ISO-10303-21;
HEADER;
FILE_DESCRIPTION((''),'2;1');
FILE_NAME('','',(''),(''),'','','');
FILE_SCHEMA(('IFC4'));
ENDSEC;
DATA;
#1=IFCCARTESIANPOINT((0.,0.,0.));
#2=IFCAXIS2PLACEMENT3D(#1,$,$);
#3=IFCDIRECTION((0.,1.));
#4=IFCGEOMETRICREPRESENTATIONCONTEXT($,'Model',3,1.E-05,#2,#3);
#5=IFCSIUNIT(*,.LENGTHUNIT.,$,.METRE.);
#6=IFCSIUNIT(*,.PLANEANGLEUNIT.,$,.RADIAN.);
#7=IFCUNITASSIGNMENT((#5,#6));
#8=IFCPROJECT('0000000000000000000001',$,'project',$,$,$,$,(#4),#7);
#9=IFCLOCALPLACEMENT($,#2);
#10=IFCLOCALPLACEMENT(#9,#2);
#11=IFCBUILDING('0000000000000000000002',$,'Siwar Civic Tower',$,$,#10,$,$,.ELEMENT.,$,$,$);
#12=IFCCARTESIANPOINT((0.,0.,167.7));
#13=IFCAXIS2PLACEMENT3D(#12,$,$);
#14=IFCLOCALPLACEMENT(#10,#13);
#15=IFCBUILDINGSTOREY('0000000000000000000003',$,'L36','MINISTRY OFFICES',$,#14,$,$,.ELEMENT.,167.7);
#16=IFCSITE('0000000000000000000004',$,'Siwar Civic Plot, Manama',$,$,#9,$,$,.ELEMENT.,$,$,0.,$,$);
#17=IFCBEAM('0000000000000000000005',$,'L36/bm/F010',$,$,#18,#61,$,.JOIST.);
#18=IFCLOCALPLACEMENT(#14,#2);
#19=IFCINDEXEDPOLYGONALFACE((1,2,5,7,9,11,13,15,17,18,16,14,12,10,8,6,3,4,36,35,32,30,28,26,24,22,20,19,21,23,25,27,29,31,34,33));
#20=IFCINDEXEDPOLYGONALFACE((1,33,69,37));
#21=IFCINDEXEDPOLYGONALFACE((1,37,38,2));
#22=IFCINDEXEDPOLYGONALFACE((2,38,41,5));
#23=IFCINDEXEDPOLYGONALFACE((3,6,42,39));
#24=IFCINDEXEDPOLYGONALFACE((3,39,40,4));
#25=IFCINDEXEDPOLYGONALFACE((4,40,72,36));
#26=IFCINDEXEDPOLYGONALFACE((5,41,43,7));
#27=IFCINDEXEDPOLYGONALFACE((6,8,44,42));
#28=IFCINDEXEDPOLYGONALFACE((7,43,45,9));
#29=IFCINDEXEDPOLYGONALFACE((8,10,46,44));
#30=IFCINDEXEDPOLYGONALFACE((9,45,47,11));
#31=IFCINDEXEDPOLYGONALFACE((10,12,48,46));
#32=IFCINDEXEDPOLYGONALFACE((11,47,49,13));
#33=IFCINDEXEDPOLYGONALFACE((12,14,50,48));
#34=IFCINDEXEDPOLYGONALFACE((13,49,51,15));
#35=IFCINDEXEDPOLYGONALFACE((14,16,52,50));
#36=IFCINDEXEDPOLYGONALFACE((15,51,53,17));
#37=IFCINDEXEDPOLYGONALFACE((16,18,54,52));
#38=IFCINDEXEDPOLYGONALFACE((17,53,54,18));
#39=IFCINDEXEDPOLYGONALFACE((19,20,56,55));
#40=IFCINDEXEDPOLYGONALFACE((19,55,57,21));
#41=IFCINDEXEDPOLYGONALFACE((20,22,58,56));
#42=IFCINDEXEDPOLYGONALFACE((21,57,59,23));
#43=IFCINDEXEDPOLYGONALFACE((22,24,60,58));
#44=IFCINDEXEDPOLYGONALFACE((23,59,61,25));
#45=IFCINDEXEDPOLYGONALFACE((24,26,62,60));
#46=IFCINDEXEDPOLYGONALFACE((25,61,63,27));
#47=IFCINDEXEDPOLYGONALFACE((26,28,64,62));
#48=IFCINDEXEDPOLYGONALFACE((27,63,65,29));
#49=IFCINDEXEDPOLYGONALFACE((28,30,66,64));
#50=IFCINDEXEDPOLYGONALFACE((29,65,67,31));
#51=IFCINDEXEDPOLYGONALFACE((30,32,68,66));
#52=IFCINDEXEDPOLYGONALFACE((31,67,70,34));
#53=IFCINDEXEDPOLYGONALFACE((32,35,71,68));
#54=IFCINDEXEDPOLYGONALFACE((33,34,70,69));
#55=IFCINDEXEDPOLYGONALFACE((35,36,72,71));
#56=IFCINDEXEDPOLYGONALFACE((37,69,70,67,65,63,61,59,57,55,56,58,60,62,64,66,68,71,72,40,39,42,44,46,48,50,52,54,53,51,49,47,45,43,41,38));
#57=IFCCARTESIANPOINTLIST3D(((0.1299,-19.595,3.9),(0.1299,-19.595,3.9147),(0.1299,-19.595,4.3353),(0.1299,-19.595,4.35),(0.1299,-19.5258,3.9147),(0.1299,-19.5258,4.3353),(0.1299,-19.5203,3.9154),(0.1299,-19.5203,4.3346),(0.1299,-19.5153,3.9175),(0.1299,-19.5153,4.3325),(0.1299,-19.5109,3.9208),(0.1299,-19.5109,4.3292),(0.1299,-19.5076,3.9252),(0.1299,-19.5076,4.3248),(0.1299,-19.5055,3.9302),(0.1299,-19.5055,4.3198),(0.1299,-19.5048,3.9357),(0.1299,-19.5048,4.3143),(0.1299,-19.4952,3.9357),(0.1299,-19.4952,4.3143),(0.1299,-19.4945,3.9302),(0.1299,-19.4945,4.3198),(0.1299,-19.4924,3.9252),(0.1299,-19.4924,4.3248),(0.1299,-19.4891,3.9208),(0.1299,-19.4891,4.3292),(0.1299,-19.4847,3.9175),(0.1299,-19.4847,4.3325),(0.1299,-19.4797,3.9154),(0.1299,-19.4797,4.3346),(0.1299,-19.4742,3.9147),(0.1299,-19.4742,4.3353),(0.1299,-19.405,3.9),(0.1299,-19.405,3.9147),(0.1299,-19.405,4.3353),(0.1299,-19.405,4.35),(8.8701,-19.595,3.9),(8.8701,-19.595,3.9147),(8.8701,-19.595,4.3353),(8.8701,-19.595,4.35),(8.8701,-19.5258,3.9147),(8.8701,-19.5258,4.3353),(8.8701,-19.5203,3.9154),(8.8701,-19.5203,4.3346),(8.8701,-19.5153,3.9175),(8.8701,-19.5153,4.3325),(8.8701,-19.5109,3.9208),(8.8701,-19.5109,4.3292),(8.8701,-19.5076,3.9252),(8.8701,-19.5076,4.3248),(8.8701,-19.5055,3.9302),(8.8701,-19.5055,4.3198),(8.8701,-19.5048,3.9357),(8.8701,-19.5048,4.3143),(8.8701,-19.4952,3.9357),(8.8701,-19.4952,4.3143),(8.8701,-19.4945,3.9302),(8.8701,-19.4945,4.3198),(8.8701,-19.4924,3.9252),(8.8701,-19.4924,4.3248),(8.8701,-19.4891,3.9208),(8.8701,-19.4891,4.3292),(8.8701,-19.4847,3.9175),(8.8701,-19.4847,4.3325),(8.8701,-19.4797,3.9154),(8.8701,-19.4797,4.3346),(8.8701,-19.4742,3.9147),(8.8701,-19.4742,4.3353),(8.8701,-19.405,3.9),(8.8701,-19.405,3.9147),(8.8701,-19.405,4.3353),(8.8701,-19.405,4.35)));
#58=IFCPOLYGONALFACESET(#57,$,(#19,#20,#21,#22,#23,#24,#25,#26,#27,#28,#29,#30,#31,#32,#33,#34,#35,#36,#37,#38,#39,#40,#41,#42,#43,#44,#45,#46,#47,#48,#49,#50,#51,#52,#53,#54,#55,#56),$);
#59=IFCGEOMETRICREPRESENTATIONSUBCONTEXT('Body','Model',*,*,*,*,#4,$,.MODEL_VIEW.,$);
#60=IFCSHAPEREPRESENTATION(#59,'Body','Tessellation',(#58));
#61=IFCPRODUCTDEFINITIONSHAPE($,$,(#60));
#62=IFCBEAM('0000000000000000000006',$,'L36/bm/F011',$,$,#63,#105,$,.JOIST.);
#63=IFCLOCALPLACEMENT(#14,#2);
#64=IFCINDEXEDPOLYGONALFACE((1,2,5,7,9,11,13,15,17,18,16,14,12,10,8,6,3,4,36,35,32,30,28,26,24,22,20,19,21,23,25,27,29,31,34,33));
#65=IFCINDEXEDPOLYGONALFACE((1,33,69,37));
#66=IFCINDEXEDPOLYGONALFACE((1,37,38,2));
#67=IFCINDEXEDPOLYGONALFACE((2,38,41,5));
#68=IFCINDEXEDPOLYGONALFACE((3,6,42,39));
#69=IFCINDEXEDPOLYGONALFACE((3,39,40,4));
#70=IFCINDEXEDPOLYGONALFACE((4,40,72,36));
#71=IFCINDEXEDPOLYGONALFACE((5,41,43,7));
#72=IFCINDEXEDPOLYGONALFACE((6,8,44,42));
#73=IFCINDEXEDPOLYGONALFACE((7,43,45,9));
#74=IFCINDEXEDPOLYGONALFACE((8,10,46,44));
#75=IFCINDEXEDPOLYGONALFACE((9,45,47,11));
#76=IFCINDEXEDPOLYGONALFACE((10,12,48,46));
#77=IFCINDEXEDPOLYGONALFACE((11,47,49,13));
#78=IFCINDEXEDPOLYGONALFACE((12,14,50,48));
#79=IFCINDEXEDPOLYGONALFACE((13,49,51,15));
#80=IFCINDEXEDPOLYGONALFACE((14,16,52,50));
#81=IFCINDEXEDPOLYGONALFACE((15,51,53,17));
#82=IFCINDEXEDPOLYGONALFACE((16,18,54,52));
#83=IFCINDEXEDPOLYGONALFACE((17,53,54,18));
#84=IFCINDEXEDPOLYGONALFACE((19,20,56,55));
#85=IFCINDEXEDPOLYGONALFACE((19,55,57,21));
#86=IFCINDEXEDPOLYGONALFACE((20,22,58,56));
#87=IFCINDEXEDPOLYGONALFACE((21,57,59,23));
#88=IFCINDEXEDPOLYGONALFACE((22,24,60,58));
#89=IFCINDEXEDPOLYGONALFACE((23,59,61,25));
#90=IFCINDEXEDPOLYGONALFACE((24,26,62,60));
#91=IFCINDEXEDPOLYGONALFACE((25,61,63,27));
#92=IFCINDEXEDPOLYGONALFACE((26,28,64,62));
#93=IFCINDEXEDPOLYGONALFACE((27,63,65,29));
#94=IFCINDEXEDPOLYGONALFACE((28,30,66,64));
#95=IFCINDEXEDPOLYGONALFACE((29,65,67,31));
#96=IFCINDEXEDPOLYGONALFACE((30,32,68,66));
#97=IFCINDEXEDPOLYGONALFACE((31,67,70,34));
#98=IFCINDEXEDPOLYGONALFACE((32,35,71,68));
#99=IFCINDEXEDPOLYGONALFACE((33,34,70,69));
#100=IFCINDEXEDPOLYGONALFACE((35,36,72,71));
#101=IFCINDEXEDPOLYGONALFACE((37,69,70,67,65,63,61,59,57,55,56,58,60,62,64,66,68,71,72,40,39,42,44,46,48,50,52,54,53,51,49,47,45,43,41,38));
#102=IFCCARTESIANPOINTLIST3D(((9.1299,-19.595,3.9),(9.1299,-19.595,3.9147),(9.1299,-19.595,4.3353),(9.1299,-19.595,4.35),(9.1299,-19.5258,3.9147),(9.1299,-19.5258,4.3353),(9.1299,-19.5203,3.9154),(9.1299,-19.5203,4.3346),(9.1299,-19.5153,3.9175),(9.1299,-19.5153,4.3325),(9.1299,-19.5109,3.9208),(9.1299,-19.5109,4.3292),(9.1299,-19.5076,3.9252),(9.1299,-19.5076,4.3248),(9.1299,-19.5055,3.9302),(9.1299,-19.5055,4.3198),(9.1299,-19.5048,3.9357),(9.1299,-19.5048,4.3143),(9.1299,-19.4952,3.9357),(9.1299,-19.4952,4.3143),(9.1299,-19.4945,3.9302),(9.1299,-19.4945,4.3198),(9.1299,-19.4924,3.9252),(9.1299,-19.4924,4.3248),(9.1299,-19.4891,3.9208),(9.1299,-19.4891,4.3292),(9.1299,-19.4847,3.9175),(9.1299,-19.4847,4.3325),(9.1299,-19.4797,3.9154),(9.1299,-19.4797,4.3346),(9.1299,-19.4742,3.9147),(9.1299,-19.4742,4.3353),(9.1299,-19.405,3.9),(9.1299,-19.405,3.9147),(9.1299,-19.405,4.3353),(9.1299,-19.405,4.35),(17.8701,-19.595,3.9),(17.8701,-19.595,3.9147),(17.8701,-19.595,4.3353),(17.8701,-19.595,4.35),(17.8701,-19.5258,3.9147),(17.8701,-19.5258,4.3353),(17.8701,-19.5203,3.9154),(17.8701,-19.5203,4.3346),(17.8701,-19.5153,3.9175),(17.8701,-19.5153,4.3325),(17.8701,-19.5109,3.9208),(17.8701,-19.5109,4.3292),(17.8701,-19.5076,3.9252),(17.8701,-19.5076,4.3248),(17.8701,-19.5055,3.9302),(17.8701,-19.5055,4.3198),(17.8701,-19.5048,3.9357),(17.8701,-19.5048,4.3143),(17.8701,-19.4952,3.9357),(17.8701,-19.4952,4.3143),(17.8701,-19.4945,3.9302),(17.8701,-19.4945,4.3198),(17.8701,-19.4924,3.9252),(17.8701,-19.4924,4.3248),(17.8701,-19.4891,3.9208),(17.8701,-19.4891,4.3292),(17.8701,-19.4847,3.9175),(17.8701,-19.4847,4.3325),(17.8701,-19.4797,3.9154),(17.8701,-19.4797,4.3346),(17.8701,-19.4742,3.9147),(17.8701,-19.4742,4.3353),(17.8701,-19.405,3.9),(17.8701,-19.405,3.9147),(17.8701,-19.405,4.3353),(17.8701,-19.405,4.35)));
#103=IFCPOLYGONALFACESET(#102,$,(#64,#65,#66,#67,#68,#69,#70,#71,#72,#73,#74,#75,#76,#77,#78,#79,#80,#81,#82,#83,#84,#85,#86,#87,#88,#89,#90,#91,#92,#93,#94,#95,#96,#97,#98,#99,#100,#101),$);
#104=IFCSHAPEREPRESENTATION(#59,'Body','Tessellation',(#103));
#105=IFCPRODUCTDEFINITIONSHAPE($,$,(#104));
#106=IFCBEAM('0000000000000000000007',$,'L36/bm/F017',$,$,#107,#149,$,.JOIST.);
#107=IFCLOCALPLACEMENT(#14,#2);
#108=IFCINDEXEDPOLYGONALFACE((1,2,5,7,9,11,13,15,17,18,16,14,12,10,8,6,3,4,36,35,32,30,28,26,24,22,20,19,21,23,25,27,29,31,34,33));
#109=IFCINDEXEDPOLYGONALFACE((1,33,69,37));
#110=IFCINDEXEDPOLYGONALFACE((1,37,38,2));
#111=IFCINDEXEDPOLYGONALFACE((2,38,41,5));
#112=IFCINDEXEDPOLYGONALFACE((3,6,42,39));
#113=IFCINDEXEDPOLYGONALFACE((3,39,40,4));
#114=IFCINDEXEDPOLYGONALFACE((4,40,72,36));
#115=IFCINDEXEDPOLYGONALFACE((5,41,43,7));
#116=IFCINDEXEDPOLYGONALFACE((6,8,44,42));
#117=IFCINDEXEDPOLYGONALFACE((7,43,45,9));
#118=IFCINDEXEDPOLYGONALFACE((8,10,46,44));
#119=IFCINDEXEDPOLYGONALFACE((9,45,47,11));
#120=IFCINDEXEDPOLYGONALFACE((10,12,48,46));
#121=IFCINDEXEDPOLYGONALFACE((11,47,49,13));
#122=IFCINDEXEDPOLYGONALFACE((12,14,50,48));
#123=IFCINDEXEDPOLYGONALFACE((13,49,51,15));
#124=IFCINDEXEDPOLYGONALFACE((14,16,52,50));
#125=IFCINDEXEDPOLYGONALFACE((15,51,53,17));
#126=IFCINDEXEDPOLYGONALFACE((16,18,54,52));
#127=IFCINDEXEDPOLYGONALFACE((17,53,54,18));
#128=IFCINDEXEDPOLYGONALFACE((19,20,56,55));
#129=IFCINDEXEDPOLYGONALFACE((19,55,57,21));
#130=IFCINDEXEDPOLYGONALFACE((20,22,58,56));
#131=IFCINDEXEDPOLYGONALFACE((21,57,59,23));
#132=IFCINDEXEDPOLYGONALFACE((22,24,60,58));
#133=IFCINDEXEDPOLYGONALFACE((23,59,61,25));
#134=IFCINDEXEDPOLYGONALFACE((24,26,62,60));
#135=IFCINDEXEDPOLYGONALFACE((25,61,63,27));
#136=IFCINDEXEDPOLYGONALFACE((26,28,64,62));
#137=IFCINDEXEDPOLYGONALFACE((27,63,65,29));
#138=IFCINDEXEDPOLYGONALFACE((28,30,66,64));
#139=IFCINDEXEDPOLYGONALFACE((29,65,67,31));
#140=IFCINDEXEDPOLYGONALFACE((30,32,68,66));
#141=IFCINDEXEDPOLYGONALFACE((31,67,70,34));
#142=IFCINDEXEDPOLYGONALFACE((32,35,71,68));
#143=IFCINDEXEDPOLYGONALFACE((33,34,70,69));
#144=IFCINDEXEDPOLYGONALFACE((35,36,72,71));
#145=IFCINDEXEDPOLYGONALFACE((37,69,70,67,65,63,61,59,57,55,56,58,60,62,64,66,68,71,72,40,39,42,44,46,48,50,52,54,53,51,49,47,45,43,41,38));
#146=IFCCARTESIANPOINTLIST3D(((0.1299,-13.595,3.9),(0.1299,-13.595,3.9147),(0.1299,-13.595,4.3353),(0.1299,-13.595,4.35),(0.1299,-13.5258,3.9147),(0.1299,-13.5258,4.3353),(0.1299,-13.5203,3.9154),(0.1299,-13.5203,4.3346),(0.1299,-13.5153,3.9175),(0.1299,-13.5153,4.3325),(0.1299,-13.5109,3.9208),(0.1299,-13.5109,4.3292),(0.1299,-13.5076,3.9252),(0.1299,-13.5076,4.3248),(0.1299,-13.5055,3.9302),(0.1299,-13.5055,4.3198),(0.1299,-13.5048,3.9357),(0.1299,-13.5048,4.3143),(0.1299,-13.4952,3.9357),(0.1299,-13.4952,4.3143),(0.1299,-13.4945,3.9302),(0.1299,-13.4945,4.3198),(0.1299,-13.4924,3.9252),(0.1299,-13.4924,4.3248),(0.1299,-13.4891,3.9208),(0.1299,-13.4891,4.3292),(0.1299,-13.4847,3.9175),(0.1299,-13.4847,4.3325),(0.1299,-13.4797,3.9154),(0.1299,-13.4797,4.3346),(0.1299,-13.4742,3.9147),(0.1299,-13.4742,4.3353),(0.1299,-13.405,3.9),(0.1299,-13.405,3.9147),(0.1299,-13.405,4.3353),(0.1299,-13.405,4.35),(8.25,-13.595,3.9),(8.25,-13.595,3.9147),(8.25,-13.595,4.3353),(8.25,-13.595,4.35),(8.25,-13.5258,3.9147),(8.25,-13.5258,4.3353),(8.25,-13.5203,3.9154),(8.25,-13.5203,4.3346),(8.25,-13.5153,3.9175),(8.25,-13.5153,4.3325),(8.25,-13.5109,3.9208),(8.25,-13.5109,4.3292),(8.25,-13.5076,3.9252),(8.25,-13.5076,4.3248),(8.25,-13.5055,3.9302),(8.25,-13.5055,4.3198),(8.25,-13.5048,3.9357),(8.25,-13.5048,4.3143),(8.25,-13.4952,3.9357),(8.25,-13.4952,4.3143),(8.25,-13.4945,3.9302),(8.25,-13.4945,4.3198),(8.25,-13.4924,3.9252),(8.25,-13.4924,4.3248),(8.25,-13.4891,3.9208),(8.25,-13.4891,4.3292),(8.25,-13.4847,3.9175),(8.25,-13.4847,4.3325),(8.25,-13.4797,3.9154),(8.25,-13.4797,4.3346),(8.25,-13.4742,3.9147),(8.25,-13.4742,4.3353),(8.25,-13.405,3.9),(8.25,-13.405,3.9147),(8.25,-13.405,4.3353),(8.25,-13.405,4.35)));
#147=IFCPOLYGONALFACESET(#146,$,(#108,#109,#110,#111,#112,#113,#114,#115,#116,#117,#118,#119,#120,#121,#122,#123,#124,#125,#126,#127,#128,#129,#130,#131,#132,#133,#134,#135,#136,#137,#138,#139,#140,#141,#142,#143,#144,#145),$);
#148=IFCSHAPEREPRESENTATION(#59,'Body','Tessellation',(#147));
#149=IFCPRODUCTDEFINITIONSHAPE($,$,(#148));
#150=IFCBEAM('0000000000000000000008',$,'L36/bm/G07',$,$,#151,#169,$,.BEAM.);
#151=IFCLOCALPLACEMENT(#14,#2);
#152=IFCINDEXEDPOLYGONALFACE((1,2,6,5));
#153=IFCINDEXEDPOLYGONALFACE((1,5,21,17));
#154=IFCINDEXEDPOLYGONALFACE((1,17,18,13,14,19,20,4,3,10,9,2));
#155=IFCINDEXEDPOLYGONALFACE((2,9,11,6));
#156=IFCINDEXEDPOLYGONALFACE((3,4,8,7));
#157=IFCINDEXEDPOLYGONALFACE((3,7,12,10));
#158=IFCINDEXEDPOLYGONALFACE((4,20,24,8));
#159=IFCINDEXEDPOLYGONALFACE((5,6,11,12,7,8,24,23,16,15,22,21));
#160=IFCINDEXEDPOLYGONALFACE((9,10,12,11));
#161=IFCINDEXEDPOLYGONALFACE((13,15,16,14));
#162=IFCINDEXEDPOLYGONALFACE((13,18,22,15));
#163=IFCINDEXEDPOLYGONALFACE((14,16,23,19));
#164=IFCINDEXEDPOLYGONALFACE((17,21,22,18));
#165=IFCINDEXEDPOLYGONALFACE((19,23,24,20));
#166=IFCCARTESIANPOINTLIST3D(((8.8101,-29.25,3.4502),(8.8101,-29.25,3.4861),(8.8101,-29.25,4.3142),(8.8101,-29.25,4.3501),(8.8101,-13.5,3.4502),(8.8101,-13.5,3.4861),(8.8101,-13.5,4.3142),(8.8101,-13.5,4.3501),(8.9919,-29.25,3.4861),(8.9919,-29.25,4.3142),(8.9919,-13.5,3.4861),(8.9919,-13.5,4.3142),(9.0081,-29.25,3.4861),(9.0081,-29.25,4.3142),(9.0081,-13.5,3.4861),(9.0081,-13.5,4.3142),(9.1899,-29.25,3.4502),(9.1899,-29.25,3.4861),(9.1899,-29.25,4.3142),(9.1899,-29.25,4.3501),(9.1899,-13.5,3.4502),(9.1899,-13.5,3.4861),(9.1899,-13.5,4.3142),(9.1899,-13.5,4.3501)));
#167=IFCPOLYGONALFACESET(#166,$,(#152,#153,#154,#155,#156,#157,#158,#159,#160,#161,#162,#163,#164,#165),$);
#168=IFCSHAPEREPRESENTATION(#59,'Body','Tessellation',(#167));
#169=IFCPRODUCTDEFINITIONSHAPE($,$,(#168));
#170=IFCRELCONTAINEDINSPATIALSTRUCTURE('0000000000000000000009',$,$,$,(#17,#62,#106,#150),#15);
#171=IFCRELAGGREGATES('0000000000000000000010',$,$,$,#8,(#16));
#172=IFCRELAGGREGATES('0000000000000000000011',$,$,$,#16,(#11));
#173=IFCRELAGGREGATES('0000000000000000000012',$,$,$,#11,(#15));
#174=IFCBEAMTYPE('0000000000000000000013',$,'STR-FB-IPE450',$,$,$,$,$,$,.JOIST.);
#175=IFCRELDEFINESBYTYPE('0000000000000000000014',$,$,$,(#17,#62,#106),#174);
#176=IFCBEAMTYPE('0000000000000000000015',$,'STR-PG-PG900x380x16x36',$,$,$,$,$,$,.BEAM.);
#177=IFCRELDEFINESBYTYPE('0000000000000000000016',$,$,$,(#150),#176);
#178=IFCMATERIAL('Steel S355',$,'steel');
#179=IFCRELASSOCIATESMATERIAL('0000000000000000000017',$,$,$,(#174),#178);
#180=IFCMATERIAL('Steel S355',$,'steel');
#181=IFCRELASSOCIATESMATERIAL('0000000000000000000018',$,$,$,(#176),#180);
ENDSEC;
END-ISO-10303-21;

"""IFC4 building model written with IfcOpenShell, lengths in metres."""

from ifc_helpers import new_model, si_unit, direction, frame, origin, origin_2d, place, context, subcontext, project, spatial, i_section, extrude, material, material_profile, profile_set, type_object, element, save


model = new_model("IFC4")

# Units and contexts
model_context = context("Model", 3, precision=1e-05, world=origin(), true_north=direction((0.0, 1.0)))
body_context = subcontext(model_context, "Body", "Model", "MODEL_VIEW")
ifc_project = project(units=[si_unit("LENGTHUNIT", "METRE"), si_unit("PLANEANGLEUNIT", "RADIAN")], contexts=[model_context])

# Site, building, storey
site_placement = place(None, origin())
site = spatial("IfcSite", under=ifc_project, at=site_placement, Name="Siwar Civic Plot, Manama", CompositionType="ELEMENT", RefElevation=0.0)
building_placement = place(site_placement, origin())
building = spatial("IfcBuilding", under=site, at=building_placement, Name="Siwar Civic Tower", CompositionType="ELEMENT")
storey_placement = place(building_placement, frame((0.0, 0.0, 167.7)))
storey = spatial("IfcBuildingStorey", under=building, at=storey_placement, Name="L36", Description="MINISTRY OFFICES", CompositionType="ELEMENT", Elevation=167.7)

# Beams
ifc_material_1 = material(Name="Steel S355", Category="steel")
ifc_material_profile_1 = material_profile(ifc_material_1, i_section(OverallWidth=0.1899, OverallDepth=0.45, WebThickness=0.0095, FlangeThickness=0.0146, FilletRadius=0.021, at=origin_2d()), Name="IPE450")
ifc_profile_set_1 = profile_set([ifc_material_profile_1], Name="Steel S355")
beam_type_1 = type_object("IfcBeamType", Name="STR-FB-IPE450", PredefinedType="JOIST", material=ifc_profile_set_1)
for number, where, z_axis, x_axis, name in (
    (1, (0.1299, -19.5, 4.125), (1.0, 0.0, 0.0), (0.0, 1.0, 0.0), "L36/bm/F010"),
    (2, (9.1299, -19.5, 4.125), (1.0, 0.0, 0.0), (0.0, 1.0, 0.0), "L36/bm/F011"),
):
    element("IfcBeam", number, at=place(storey_placement, frame(where, z_axis=z_axis, x_axis=x_axis)), inside=storey, type_object=beam_type_1, Name=name, PredefinedType="JOIST", context=body_context, shape_type="SweptSolid", body=[
        extrude(i_section(OverallWidth=0.1899, OverallDepth=0.45, WebThickness=0.0095, FlangeThickness=0.0146, FilletRadius=0.021, at=origin_2d()), origin(), (0.0, 0.0, 1.0), 8.7402),
    ])
beam_1_placement = place(storey_placement, frame((0.1299, -13.5, 4.125), z_axis=(1.0, 0.0, 0.0), x_axis=(0.0, 1.0, 0.0)))
element("IfcBeam", 3, at=beam_1_placement, inside=storey, type_object=beam_type_1, Name="L36/bm/F017", PredefinedType="JOIST", context=body_context, shape_type="SweptSolid", body=[
    extrude(i_section(OverallWidth=0.1899, OverallDepth=0.45, WebThickness=0.0095, FlangeThickness=0.0146, FilletRadius=0.021, at=origin_2d()), origin(), (0.0, 0.0, 1.0), 8.1201),
])
ifc_material_2 = material(Name="Steel S355", Category="steel")
ifc_material_profile_2 = material_profile(ifc_material_2, i_section(OverallWidth=0.3799, OverallDepth=0.8999, WebThickness=0.0161, FlangeThickness=0.0359, at=origin_2d()), Name="PG900x380x16x36")
ifc_profile_set_2 = profile_set([ifc_material_profile_2], Name="Steel S355")
beam_type_2 = type_object("IfcBeamType", Name="STR-PG-PG900x380x16x36", PredefinedType="BEAM", material=ifc_profile_set_2)
beam_2_placement = place(storey_placement, frame((9.0, -29.25, 3.9001), z_axis=(0.0, 1.0, 0.0), x_axis=(-1.0, 0.0, 0.0)))
element("IfcBeam", 4, at=beam_2_placement, inside=storey, type_object=beam_type_2, Name="L36/bm/G07", PredefinedType="BEAM", context=body_context, shape_type="SweptSolid", body=[
    extrude(i_section(OverallWidth=0.3799, OverallDepth=0.8999, WebThickness=0.0161, FlangeThickness=0.0359, at=origin_2d()), origin(), (0.0, 0.0, 1.0), 15.75),
])

save(model, "model.ifc")
